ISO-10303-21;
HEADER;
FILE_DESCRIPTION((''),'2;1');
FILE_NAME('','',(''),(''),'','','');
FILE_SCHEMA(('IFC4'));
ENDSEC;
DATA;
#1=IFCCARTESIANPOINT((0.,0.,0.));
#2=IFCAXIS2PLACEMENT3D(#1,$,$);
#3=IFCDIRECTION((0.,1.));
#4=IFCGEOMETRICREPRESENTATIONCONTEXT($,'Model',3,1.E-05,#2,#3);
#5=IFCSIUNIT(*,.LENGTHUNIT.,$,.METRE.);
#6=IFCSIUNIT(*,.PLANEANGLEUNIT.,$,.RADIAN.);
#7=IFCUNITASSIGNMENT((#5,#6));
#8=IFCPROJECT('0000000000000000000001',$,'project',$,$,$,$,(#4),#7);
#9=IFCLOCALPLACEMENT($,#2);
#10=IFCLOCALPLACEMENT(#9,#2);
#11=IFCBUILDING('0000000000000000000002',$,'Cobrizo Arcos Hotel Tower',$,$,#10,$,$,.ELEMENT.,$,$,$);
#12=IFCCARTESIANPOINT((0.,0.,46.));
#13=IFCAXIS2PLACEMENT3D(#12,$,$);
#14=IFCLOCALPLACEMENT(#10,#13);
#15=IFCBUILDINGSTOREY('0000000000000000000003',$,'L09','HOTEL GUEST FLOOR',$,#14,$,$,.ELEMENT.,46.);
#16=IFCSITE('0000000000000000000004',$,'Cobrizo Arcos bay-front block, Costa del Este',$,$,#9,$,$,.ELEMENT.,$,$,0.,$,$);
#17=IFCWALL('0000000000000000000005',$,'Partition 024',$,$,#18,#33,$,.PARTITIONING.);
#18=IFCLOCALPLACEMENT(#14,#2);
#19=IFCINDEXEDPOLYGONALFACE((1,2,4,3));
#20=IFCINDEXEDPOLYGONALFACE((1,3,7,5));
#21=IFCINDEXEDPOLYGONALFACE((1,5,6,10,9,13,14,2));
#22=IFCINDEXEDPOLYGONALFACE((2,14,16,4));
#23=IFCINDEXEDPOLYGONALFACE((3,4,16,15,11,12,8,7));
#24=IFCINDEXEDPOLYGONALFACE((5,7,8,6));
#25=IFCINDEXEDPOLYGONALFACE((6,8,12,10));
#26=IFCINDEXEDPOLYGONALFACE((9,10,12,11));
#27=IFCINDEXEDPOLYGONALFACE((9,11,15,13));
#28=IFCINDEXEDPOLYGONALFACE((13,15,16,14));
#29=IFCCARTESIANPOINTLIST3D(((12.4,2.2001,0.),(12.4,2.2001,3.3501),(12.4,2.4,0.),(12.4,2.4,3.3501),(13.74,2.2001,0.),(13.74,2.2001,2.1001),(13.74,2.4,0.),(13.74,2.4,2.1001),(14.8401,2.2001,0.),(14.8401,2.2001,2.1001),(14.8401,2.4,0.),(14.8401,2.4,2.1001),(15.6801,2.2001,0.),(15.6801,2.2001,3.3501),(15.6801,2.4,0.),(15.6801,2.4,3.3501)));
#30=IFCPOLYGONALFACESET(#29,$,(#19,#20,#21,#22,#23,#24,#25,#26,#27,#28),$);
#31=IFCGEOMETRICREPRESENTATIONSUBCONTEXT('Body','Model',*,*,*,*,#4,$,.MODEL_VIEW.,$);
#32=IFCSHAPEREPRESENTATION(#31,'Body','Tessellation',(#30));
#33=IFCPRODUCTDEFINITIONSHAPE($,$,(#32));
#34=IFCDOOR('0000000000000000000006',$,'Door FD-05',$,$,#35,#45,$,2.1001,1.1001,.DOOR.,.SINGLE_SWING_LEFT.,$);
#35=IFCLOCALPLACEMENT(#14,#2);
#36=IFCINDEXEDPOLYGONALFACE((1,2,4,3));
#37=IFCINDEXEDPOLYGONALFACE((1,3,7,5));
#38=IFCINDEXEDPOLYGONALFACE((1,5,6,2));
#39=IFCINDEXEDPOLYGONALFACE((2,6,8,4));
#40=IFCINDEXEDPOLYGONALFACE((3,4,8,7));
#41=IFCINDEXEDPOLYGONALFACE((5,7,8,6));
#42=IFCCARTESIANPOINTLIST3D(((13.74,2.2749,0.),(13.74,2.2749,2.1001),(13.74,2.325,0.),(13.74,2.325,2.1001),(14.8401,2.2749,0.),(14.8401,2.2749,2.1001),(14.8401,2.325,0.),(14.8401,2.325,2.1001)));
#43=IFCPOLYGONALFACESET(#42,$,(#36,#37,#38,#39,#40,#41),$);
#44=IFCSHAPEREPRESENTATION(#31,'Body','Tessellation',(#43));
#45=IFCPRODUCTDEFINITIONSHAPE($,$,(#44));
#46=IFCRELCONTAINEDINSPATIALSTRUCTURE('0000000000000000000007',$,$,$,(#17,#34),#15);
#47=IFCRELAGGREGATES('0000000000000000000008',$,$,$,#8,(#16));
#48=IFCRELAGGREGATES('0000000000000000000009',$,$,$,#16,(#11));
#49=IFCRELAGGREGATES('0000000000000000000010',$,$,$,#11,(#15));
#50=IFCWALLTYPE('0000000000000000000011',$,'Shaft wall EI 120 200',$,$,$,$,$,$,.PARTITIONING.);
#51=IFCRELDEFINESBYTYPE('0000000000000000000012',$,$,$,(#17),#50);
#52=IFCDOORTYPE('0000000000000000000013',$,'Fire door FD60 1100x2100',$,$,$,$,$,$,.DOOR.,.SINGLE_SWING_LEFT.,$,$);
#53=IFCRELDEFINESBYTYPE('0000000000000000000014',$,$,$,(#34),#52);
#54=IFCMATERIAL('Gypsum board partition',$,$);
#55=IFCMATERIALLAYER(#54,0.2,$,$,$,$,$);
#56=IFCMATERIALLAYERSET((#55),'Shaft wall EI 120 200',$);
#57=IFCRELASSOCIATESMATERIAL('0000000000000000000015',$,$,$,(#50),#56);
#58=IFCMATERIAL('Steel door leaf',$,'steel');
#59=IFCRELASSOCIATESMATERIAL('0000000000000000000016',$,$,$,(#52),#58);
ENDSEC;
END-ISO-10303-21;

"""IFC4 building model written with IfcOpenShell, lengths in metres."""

from ifc_helpers import new_model, si_unit, direction, frame, frame_2d, origin, place, context, subcontext, project, spatial, rectangle, extrude, material, layer, layer_set, type_object, element, fill, save


model = new_model("IFC4")

# Units and contexts
model_context = context("Model", 3, precision=1e-05, world=origin(), true_north=direction((0.0, 1.0)))
body_context = subcontext(model_context, "Body", "Model", "MODEL_VIEW")
ifc_project = project(units=[si_unit("LENGTHUNIT", "METRE"), si_unit("PLANEANGLEUNIT", "RADIAN")], contexts=[model_context])

# Site, building, storey
site_placement = place(None, origin())
site = spatial("IfcSite", under=ifc_project, at=site_placement, Name="Cobrizo Arcos bay-front block, Costa del Este", CompositionType="ELEMENT", RefElevation=0.0)
building_placement = place(site_placement, origin())
building = spatial("IfcBuilding", under=site, at=building_placement, Name="Cobrizo Arcos Hotel Tower", CompositionType="ELEMENT")
storey_placement = place(building_placement, frame((0.0, 0.0, 46.0)))
storey = spatial("IfcBuildingStorey", under=building, at=storey_placement, Name="L09", Description="HOTEL GUEST FLOOR", CompositionType="ELEMENT", Elevation=46.0)

# Shared definitions
ifc_material_1 = material(Name="Gypsum board partition")

# Shared definitions
ifc_layer_1 = layer(ifc_material_1, 0.2)
ifc_layer_set_1 = layer_set([ifc_layer_1], Name="Shaft wall EI 120 200")
wall_type_1 = type_object("IfcWallType", Name="Shaft wall EI 120 200", PredefinedType="PARTITIONING", material=ifc_layer_set_1)

# Wall, opening, door
wall_1_placement = place(storey_placement, frame((12.3999, 2.3, 0.0), z_axis=(0.0, 0.0, 1.0), x_axis=(1.0, 0.0, 0.0)))
wall_1 = element("IfcWall", 1, at=wall_1_placement, inside=storey, type_object=wall_type_1, Name="Partition 024", PredefinedType="PARTITIONING", context=body_context, shape_type="SweptSolid", body=[
    extrude(rectangle(XDim=3.28, YDim=0.2, at=frame_2d((1.6401, 0.0))), origin(), (0.0, 0.0, 1.0), 3.3501),
])
opening_1_placement = place(wall_1_placement, frame((1.3401, 0.0, 0.0)))
opening_1 = element("IfcOpeningElement", 2, at=opening_1_placement, cuts=wall_1, PredefinedType="OPENING", context=body_context, shape_type="SweptSolid", body=[
    extrude(rectangle(XDim=1.1001, YDim=2.1001, at=frame_2d((0.55, 1.05))), frame((0.0, 0.1121, 0.0), z_axis=(0.0, -1.0, 0.0), x_axis=(1.0, 0.0, 0.0)), (0.0, 0.0, 1.0), 0.2239),
])
ifc_material_2 = material(Name="Steel door leaf", Category="steel")
door_type_1 = type_object("IfcDoorType", Name="Fire door FD60 1100x2100", OperationType="SINGLE_SWING_LEFT", PredefinedType="DOOR", material=ifc_material_2)
door_1_placement = place(opening_1_placement, origin())
door_1 = element("IfcDoor", 3, at=door_1_placement, inside=storey, type_object=door_type_1, Name="Door FD-05", OperationType="SINGLE_SWING_LEFT", OverallHeight=2.1001, OverallWidth=1.1001, PredefinedType="DOOR", context=body_context, shape_type="SweptSolid", body=[
    extrude(rectangle(XDim=1.1001, YDim=2.1001, at=frame_2d((0.55, 1.05))), frame((0.0, 0.0249, 0.0), z_axis=(0.0, -1.0, 0.0), x_axis=(1.0, 0.0, 0.0)), (0.0, 0.0, 1.0), 0.05),
])
fill(opening_1, door_1)

save(model, "model.ifc")
